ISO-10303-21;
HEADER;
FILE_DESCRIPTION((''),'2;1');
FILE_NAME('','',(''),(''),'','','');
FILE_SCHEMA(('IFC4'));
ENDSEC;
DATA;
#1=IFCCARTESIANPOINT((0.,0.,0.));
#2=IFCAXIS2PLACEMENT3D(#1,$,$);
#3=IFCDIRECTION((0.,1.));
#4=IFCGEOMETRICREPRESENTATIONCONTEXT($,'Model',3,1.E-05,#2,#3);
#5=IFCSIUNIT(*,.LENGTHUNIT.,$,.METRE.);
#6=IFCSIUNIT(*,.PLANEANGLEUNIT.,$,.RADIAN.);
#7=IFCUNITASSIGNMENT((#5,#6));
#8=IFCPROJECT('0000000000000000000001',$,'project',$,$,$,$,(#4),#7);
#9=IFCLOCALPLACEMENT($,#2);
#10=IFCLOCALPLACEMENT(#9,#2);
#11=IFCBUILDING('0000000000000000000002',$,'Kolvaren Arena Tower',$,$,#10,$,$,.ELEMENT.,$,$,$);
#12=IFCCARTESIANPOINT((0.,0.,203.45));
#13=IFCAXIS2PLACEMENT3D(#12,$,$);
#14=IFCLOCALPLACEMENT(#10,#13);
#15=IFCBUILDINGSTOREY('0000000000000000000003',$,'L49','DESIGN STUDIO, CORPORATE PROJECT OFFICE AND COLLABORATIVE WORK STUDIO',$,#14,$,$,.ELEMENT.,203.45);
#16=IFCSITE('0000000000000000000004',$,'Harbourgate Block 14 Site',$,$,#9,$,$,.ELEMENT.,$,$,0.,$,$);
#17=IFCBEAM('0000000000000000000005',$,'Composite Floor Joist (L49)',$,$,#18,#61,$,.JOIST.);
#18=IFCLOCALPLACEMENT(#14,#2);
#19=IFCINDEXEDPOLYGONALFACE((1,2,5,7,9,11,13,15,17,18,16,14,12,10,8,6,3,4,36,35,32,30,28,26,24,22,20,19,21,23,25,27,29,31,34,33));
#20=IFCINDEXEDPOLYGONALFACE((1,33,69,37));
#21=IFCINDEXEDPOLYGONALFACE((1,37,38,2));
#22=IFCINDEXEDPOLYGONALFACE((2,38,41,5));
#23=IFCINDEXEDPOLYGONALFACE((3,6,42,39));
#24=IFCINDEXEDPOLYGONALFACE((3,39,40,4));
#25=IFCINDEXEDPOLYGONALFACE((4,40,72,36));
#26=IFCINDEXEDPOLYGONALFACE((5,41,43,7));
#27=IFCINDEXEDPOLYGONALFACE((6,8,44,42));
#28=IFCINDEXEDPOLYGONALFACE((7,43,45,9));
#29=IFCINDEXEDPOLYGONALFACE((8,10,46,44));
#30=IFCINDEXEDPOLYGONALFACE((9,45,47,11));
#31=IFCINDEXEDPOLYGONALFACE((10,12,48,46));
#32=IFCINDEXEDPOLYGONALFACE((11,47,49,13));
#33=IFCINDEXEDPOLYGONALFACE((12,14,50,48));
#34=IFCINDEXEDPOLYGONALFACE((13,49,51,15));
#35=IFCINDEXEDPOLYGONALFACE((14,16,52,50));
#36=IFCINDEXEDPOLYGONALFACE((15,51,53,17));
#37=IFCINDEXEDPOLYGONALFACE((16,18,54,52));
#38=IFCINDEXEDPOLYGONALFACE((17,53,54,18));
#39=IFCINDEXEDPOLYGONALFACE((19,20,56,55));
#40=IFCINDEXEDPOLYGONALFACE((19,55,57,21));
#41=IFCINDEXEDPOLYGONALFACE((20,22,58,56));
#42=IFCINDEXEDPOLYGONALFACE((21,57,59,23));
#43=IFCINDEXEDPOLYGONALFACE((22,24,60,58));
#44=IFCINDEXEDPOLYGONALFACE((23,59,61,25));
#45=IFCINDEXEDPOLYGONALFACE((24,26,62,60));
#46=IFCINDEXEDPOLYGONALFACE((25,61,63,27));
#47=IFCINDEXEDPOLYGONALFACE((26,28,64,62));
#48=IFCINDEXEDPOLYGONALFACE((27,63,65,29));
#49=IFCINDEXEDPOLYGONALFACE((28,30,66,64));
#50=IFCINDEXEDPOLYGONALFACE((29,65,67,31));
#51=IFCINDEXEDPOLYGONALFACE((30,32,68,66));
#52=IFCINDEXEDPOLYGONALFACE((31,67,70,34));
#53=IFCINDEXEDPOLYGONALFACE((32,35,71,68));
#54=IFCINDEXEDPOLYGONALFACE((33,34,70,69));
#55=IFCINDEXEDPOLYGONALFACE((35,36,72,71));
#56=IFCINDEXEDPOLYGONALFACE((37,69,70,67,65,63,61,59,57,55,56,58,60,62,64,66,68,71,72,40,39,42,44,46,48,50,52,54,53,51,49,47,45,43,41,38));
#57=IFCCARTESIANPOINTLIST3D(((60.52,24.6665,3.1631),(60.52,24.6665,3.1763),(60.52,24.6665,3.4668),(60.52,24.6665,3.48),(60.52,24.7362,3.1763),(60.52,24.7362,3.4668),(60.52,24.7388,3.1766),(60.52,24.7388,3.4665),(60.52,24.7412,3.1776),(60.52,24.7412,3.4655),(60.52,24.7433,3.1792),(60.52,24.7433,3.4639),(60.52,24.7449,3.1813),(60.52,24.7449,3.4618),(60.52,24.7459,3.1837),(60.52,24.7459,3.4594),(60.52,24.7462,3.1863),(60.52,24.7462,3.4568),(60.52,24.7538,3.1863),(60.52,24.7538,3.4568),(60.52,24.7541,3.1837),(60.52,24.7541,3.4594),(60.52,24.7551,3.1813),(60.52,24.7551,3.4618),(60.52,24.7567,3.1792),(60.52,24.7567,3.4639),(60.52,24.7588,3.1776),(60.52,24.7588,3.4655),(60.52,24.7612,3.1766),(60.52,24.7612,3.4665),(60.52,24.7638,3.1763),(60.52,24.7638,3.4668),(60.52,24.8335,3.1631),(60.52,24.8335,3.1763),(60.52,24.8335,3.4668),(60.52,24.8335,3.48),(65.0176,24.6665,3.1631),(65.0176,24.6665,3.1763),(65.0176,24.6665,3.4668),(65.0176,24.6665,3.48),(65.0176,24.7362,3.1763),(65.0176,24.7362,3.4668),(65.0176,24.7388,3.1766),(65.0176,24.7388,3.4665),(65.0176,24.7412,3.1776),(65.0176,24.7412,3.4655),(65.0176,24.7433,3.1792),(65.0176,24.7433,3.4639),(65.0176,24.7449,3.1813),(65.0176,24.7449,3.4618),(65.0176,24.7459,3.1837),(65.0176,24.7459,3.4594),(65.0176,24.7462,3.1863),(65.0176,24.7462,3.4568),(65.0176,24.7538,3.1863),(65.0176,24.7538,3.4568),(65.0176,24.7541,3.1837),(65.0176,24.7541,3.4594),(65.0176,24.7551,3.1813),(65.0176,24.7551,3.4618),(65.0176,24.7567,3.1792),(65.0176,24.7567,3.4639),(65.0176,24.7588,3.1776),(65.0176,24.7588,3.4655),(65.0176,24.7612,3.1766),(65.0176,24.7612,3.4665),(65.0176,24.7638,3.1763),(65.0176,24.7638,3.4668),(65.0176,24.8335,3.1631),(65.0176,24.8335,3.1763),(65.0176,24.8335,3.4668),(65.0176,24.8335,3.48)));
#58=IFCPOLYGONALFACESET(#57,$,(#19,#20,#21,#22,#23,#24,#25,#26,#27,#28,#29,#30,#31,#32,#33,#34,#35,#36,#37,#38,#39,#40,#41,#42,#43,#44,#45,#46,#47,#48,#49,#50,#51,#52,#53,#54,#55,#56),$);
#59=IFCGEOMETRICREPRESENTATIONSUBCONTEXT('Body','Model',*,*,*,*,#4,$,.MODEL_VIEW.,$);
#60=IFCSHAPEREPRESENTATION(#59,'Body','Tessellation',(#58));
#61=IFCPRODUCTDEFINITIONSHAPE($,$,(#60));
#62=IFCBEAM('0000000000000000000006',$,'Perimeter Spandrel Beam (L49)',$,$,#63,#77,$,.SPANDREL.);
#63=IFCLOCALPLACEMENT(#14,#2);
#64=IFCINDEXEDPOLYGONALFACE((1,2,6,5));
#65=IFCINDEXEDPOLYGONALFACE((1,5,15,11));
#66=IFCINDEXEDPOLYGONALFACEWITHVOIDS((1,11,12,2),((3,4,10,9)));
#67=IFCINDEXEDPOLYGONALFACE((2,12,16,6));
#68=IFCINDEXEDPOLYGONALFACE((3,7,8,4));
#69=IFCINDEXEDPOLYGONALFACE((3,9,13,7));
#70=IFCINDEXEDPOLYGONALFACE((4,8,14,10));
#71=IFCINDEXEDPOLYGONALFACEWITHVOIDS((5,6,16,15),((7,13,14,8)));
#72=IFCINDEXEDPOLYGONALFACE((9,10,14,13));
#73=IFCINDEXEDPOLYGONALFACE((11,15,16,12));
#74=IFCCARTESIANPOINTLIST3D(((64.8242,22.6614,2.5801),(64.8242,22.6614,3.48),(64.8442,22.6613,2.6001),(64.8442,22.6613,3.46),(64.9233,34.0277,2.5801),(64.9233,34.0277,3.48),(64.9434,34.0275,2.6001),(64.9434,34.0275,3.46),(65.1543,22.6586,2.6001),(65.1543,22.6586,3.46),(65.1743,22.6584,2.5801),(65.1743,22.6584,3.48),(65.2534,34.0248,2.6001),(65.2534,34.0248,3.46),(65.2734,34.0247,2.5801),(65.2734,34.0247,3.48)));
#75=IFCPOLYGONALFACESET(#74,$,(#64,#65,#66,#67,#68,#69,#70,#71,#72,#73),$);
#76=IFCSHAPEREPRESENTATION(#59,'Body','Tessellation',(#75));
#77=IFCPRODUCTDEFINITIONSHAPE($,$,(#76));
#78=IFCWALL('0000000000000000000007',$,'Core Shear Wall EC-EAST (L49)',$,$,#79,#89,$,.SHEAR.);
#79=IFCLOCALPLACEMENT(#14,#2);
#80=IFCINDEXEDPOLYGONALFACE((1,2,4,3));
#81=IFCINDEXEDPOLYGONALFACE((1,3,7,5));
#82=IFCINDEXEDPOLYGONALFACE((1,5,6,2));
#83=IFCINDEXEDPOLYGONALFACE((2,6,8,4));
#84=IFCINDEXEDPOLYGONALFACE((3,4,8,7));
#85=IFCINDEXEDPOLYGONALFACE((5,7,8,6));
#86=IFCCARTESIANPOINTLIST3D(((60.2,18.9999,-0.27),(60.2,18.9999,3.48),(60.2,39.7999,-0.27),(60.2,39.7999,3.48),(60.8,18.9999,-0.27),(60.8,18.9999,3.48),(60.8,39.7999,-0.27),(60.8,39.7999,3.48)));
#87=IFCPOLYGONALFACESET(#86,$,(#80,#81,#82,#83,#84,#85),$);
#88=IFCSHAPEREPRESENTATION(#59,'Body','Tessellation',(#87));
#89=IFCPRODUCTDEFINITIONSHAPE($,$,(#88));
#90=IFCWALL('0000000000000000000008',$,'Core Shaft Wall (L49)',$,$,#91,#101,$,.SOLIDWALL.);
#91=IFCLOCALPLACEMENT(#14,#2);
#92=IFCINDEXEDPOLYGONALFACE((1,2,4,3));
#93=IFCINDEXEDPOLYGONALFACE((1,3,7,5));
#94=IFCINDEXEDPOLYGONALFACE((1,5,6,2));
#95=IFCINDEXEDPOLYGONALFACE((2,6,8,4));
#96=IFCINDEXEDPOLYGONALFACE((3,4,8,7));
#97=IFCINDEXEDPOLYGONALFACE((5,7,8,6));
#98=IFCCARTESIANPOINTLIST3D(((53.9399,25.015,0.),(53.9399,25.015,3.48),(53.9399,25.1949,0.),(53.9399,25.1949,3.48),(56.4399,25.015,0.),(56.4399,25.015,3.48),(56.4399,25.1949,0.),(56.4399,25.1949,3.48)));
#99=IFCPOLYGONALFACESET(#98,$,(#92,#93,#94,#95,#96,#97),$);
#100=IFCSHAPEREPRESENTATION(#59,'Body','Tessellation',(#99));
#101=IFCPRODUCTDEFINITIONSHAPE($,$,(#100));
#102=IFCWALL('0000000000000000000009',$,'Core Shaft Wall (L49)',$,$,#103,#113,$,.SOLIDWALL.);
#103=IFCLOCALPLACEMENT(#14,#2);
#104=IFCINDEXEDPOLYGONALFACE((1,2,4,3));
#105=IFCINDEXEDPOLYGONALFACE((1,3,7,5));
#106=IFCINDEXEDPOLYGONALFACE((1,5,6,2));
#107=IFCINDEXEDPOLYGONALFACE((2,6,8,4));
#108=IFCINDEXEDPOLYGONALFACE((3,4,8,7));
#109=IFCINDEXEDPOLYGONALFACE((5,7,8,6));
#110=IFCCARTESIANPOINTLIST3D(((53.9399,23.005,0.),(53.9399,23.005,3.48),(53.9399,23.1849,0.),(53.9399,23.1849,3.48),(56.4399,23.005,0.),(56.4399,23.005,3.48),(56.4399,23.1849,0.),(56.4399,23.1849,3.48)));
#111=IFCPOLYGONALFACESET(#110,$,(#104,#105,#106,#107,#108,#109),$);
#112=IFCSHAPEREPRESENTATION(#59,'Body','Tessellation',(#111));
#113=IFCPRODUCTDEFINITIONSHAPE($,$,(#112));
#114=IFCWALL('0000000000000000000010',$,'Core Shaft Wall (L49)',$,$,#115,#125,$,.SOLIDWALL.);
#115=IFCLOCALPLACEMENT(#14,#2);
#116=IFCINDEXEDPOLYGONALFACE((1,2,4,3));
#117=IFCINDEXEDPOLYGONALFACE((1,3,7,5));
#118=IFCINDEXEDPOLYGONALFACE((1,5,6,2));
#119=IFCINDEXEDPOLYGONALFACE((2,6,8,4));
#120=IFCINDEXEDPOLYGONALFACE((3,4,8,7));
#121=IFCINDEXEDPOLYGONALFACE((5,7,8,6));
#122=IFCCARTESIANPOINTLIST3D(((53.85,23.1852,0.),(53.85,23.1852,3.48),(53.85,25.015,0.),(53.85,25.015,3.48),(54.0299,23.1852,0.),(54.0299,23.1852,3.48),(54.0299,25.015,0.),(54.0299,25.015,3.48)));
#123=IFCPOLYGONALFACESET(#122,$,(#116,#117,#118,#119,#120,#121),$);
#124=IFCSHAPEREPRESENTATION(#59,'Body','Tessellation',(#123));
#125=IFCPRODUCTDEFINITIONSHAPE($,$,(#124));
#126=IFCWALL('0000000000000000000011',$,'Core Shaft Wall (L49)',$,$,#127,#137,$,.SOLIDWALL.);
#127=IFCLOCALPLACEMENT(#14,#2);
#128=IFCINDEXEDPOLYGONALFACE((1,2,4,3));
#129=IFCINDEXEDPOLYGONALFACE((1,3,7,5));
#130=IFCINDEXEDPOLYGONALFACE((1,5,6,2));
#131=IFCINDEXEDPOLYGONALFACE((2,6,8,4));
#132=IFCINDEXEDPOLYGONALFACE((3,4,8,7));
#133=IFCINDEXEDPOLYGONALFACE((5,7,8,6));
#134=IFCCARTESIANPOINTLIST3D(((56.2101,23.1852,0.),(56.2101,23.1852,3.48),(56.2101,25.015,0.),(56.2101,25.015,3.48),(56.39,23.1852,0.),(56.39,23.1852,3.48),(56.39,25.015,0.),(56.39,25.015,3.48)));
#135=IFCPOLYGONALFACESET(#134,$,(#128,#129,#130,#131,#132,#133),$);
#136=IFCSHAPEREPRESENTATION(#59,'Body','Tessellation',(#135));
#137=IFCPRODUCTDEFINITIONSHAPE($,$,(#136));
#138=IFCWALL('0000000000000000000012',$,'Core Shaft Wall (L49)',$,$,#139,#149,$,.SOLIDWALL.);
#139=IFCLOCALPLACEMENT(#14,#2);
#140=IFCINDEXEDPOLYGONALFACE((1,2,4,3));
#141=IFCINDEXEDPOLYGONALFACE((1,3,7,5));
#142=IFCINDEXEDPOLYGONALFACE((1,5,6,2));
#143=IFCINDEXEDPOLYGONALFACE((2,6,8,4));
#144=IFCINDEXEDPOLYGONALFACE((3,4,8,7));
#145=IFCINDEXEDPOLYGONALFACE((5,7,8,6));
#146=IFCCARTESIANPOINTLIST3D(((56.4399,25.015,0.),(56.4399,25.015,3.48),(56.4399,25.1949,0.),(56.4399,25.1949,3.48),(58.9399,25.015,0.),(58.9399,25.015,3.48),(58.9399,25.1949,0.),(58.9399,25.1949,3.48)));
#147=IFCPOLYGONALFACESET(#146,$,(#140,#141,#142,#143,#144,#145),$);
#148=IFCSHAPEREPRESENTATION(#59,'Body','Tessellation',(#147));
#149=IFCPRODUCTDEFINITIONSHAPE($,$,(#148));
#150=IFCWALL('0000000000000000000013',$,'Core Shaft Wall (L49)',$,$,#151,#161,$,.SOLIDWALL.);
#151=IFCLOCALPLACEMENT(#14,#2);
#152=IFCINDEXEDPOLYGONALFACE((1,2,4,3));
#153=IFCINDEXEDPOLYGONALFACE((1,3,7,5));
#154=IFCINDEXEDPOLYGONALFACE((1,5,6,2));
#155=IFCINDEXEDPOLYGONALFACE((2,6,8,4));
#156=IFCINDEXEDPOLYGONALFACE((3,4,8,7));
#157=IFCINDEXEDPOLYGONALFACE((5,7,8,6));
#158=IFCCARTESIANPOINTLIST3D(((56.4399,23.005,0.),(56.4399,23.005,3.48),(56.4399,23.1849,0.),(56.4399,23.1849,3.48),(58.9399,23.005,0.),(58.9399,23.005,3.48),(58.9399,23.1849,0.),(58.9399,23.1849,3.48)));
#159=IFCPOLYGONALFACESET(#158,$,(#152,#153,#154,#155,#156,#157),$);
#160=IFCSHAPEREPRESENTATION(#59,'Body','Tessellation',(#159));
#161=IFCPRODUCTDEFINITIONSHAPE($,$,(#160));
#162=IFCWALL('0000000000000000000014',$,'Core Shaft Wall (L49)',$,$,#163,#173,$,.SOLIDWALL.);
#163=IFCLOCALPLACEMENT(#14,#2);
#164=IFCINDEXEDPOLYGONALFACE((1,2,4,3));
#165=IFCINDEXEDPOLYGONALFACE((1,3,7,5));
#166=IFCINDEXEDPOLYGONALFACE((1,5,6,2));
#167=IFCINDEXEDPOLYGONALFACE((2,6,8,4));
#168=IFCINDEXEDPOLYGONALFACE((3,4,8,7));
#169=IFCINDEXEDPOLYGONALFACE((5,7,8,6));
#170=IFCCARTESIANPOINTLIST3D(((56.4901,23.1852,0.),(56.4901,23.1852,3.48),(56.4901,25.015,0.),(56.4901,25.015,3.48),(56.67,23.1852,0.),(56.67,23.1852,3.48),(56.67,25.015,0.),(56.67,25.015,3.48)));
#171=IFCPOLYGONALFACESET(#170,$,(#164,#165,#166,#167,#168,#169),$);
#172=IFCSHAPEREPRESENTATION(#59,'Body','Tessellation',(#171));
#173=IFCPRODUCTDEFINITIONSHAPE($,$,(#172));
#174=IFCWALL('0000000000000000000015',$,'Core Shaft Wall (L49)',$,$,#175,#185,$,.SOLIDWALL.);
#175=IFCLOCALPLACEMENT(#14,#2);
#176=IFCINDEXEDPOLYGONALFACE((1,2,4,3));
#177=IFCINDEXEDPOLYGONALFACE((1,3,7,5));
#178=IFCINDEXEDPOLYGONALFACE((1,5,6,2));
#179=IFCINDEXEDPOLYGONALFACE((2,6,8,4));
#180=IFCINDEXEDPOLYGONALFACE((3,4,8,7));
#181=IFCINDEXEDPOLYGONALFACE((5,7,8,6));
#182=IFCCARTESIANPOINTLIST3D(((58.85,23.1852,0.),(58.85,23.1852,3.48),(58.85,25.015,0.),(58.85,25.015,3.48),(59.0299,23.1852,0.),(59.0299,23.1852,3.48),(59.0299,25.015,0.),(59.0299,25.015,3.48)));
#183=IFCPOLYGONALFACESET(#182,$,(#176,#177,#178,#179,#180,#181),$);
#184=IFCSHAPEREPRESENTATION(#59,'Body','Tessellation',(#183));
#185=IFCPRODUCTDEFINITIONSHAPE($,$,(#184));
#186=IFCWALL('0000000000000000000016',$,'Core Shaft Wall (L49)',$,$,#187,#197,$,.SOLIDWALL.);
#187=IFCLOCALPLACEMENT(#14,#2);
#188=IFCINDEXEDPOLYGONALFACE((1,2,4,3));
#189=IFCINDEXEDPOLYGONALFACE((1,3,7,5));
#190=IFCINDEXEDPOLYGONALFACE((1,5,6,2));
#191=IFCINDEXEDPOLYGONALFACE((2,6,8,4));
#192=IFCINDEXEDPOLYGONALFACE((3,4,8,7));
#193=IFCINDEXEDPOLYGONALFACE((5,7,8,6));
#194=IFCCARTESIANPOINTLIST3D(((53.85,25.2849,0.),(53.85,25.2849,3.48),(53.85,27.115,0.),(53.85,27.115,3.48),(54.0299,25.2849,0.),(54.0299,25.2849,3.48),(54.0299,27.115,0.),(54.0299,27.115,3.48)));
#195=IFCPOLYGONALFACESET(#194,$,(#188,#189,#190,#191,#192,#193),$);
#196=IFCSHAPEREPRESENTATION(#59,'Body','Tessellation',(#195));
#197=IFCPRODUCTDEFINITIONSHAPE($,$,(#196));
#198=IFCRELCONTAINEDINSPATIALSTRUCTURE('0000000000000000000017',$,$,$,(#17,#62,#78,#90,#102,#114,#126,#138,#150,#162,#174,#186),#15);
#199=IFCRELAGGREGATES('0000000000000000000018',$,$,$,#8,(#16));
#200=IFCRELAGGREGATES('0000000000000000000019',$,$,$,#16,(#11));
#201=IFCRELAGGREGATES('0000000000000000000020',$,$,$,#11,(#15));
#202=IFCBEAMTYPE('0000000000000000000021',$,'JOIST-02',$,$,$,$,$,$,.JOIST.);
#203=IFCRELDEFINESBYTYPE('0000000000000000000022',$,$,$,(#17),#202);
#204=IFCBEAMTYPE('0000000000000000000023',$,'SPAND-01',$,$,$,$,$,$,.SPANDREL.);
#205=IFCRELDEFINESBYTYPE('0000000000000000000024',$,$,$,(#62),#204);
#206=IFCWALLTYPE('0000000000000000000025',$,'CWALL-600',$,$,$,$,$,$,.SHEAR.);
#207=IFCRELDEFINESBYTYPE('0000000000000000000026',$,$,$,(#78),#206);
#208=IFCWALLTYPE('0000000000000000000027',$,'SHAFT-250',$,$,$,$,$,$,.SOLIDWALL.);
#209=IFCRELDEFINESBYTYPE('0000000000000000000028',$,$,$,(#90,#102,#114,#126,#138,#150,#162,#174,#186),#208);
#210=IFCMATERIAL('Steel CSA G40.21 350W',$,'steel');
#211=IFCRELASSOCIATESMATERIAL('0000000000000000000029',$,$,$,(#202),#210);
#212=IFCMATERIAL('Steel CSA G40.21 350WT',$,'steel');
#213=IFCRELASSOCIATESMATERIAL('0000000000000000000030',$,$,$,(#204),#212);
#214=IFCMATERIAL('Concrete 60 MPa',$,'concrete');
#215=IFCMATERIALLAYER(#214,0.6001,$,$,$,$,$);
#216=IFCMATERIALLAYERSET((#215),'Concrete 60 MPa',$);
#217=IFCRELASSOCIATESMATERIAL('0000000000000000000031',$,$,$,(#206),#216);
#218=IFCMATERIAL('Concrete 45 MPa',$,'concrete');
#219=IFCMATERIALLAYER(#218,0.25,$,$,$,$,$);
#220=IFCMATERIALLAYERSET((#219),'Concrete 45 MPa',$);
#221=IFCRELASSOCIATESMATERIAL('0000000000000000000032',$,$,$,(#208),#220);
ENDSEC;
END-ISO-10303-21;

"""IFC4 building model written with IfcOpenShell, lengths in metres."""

from ifc_helpers import new_model, si_unit, direction, frame, frame_2d, origin, origin_2d, place, context, subcontext, project, spatial, rectangle, hollow_rectangle, i_section, extrude, material, layer, layer_set, material_profile, profile_set, type_object, element, save


model = new_model("IFC4")

# Units and contexts
model_context = context("Model", 3, precision=1e-05, world=origin(), true_north=direction((0.0, 1.0)))
body_context = subcontext(model_context, "Body", "Model", "MODEL_VIEW")
ifc_project = project(units=[si_unit("LENGTHUNIT", "METRE"), si_unit("PLANEANGLEUNIT", "RADIAN")], contexts=[model_context])

# Site, building, storey
site_placement = place(None, origin())
site = spatial("IfcSite", under=ifc_project, at=site_placement, Name="Harbourgate Block 14 Site", CompositionType="ELEMENT", RefElevation=0.0)
building_placement = place(site_placement, origin())
building = spatial("IfcBuilding", under=site, at=building_placement, Name="Kolvaren Arena Tower", CompositionType="ELEMENT")
storey_placement = place(building_placement, frame((0.0, 0.0, 203.45)))
storey = spatial("IfcBuildingStorey", under=building, at=storey_placement, Name="L49", Description="DESIGN STUDIO, CORPORATE PROJECT OFFICE AND COLLABORATIVE WORK STUDIO", CompositionType="ELEMENT", Elevation=203.45)

# Beams
ifc_material_1 = material(Name="Steel CSA G40.21 350W", Category="steel")
ifc_material_profile_1 = material_profile(ifc_material_1, i_section(OverallWidth=0.167, OverallDepth=0.3169, WebThickness=0.0076, FlangeThickness=0.0132, FilletRadius=0.01, at=origin_2d()), Name="W310x52")
ifc_profile_set_1 = profile_set([ifc_material_profile_1], Name="Steel CSA G40.21 350W")
beam_type_1 = type_object("IfcBeamType", Name="JOIST-02", PredefinedType="JOIST", material=ifc_profile_set_1)
beam_1_placement = place(storey_placement, frame((60.52, 24.75, 3.3215), z_axis=(1.0, 0.0, 0.0), x_axis=(0.0, 1.0, 0.0)))
element("IfcBeam", 1, at=beam_1_placement, inside=storey, type_object=beam_type_1, Name="Composite Floor Joist (L49)", PredefinedType="JOIST", context=body_context, shape_type="SweptSolid", body=[
    extrude(i_section(OverallWidth=0.167, OverallDepth=0.3169, WebThickness=0.0076, FlangeThickness=0.0132, FilletRadius=0.01, at=origin_2d()), origin(), (0.0, 0.0, 1.0), 4.4976),
])
ifc_material_2 = material(Name="Steel CSA G40.21 350WT", Category="steel")
ifc_material_profile_2 = material_profile(ifc_material_2, hollow_rectangle(XDim=0.3501, YDim=0.8999, WallThickness=0.02, at=origin_2d()), Name="HSS 900x350x20")
ifc_profile_set_2 = profile_set([ifc_material_profile_2], Name="Steel CSA G40.21 350WT")
beam_type_2 = type_object("IfcBeamType", Name="SPAND-01", PredefinedType="SPANDREL", material=ifc_profile_set_2)
beam_2_placement = place(storey_placement, frame((64.9993, 22.6599, 3.03), z_axis=(0.00872, 0.999962, 0.0), x_axis=(-0.999962, 0.00872, 0.0)))
element("IfcBeam", 2, at=beam_2_placement, inside=storey, type_object=beam_type_2, Name="Perimeter Spandrel Beam (L49)", PredefinedType="SPANDREL", context=body_context, shape_type="SweptSolid", body=[
    extrude(hollow_rectangle(XDim=0.3501, YDim=0.8999, WallThickness=0.02, at=origin_2d()), origin(), (0.0, 0.0, 1.0), 11.3667),
])

# Walls
ifc_material_3 = material(Name="Concrete 60 MPa", Category="concrete")
ifc_layer_1 = layer(ifc_material_3, 0.6001)
ifc_layer_set_1 = layer_set([ifc_layer_1], Name="Concrete 60 MPa")
wall_type_1 = type_object("IfcWallType", Name="CWALL-600", PredefinedType="SHEAR", material=ifc_layer_set_1)
wall_1_placement = place(storey_placement, frame((60.5, 19.0, -0.27), z_axis=(0.0, 0.0, 1.0), x_axis=(0.0, 1.0, 0.0)))
element("IfcWall", 3, at=wall_1_placement, inside=storey, type_object=wall_type_1, Name="Core Shear Wall EC-EAST (L49)", PredefinedType="SHEAR", context=body_context, shape_type="SweptSolid", body=[
    extrude(rectangle(XDim=20.8, YDim=0.6001, at=frame_2d((10.3999, 0.0))), origin(), (0.0, 0.0, 1.0), 3.75),
])
ifc_material_4 = material(Name="Concrete 45 MPa", Category="concrete")
ifc_layer_2 = layer(ifc_material_4, 0.25)
ifc_layer_set_2 = layer_set([ifc_layer_2], Name="Concrete 45 MPa")
wall_type_2 = type_object("IfcWallType", Name="SHAFT-250", PredefinedType="SOLIDWALL", material=ifc_layer_set_2)
for number, where, z_axis, x_axis, name in (
    (4, (53.9399, 25.105, 0.0), (0.0, 0.0, 1.0), (1.0, 0.0, 0.0), "Core Shaft Wall (L49)"),
    (5, (53.9399, 23.095, 0.0), (0.0, 0.0, 1.0), (1.0, 0.0, 0.0), "Core Shaft Wall (L49)"),
):
    element("IfcWall", number, at=place(storey_placement, frame(where, z_axis=z_axis, x_axis=x_axis)), inside=storey, type_object=wall_type_2, Name=name, PredefinedType="SOLIDWALL", context=body_context, shape_type="SweptSolid", body=[
        extrude(rectangle(XDim=2.5, YDim=0.1799, at=frame_2d((1.25, 0.0))), origin(), (0.0, 0.0, 1.0), 3.48),
    ])
for number, where, z_axis, x_axis, name in (
    (6, (53.9399, 23.1851, 0.0), (0.0, 0.0, 1.0), (0.0, 1.0, 0.0), "Core Shaft Wall (L49)"),
    (7, (56.3, 23.1851, 0.0), (0.0, 0.0, 1.0), (0.0, 1.0, 0.0), "Core Shaft Wall (L49)"),
):
    element("IfcWall", number, at=place(storey_placement, frame(where, z_axis=z_axis, x_axis=x_axis)), inside=storey, type_object=wall_type_2, Name=name, PredefinedType="SOLIDWALL", context=body_context, shape_type="SweptSolid", body=[
        extrude(rectangle(XDim=1.8298, YDim=0.1799, at=frame_2d((0.915, 0.0))), origin(), (0.0, 0.0, 1.0), 3.48),
    ])
for number, where, z_axis, x_axis, name in (
    (8, (56.4399, 25.105, 0.0), (0.0, 0.0, 1.0), (1.0, 0.0, 0.0), "Core Shaft Wall (L49)"),
    (9, (56.4399, 23.095, 0.0), (0.0, 0.0, 1.0), (1.0, 0.0, 0.0), "Core Shaft Wall (L49)"),
):
    element("IfcWall", number, at=place(storey_placement, frame(where, z_axis=z_axis, x_axis=x_axis)), inside=storey, type_object=wall_type_2, Name=name, PredefinedType="SOLIDWALL", context=body_context, shape_type="SweptSolid", body=[
        extrude(rectangle(XDim=2.5, YDim=0.1799, at=frame_2d((1.25, 0.0))), origin(), (0.0, 0.0, 1.0), 3.48),
    ])
for number, where, z_axis, x_axis, name in (
    (10, (56.5801, 23.1851, 0.0), (0.0, 0.0, 1.0), (0.0, 1.0, 0.0), "Core Shaft Wall (L49)"),
    (11, (58.9399, 23.1851, 0.0), (0.0, 0.0, 1.0), (0.0, 1.0, 0.0), "Core Shaft Wall (L49)"),
):
    element("IfcWall", number, at=place(storey_placement, frame(where, z_axis=z_axis, x_axis=x_axis)), inside=storey, type_object=wall_type_2, Name=name, PredefinedType="SOLIDWALL", context=body_context, shape_type="SweptSolid", body=[
        extrude(rectangle(XDim=1.8298, YDim=0.1799, at=frame_2d((0.915, 0.0))), origin(), (0.0, 0.0, 1.0), 3.48),
    ])
for number, where, z_axis, x_axis, name in (
    (12, (53.9399, 25.2849, 0.0), (0.0, 0.0, 1.0), (0.0, 1.0, 0.0), "Core Shaft Wall (L49)"),
):
    element("IfcWall", number, at=place(storey_placement, frame(where, z_axis=z_axis, x_axis=x_axis)), inside=storey, type_object=wall_type_2, Name=name, PredefinedType="SOLIDWALL", context=body_context, shape_type="SweptSolid", body=[
        extrude(rectangle(XDim=1.8301, YDim=0.1799, at=frame_2d((0.915, 0.0))), origin(), (0.0, 0.0, 1.0), 3.48),
    ])

save(model, "model.ifc")
